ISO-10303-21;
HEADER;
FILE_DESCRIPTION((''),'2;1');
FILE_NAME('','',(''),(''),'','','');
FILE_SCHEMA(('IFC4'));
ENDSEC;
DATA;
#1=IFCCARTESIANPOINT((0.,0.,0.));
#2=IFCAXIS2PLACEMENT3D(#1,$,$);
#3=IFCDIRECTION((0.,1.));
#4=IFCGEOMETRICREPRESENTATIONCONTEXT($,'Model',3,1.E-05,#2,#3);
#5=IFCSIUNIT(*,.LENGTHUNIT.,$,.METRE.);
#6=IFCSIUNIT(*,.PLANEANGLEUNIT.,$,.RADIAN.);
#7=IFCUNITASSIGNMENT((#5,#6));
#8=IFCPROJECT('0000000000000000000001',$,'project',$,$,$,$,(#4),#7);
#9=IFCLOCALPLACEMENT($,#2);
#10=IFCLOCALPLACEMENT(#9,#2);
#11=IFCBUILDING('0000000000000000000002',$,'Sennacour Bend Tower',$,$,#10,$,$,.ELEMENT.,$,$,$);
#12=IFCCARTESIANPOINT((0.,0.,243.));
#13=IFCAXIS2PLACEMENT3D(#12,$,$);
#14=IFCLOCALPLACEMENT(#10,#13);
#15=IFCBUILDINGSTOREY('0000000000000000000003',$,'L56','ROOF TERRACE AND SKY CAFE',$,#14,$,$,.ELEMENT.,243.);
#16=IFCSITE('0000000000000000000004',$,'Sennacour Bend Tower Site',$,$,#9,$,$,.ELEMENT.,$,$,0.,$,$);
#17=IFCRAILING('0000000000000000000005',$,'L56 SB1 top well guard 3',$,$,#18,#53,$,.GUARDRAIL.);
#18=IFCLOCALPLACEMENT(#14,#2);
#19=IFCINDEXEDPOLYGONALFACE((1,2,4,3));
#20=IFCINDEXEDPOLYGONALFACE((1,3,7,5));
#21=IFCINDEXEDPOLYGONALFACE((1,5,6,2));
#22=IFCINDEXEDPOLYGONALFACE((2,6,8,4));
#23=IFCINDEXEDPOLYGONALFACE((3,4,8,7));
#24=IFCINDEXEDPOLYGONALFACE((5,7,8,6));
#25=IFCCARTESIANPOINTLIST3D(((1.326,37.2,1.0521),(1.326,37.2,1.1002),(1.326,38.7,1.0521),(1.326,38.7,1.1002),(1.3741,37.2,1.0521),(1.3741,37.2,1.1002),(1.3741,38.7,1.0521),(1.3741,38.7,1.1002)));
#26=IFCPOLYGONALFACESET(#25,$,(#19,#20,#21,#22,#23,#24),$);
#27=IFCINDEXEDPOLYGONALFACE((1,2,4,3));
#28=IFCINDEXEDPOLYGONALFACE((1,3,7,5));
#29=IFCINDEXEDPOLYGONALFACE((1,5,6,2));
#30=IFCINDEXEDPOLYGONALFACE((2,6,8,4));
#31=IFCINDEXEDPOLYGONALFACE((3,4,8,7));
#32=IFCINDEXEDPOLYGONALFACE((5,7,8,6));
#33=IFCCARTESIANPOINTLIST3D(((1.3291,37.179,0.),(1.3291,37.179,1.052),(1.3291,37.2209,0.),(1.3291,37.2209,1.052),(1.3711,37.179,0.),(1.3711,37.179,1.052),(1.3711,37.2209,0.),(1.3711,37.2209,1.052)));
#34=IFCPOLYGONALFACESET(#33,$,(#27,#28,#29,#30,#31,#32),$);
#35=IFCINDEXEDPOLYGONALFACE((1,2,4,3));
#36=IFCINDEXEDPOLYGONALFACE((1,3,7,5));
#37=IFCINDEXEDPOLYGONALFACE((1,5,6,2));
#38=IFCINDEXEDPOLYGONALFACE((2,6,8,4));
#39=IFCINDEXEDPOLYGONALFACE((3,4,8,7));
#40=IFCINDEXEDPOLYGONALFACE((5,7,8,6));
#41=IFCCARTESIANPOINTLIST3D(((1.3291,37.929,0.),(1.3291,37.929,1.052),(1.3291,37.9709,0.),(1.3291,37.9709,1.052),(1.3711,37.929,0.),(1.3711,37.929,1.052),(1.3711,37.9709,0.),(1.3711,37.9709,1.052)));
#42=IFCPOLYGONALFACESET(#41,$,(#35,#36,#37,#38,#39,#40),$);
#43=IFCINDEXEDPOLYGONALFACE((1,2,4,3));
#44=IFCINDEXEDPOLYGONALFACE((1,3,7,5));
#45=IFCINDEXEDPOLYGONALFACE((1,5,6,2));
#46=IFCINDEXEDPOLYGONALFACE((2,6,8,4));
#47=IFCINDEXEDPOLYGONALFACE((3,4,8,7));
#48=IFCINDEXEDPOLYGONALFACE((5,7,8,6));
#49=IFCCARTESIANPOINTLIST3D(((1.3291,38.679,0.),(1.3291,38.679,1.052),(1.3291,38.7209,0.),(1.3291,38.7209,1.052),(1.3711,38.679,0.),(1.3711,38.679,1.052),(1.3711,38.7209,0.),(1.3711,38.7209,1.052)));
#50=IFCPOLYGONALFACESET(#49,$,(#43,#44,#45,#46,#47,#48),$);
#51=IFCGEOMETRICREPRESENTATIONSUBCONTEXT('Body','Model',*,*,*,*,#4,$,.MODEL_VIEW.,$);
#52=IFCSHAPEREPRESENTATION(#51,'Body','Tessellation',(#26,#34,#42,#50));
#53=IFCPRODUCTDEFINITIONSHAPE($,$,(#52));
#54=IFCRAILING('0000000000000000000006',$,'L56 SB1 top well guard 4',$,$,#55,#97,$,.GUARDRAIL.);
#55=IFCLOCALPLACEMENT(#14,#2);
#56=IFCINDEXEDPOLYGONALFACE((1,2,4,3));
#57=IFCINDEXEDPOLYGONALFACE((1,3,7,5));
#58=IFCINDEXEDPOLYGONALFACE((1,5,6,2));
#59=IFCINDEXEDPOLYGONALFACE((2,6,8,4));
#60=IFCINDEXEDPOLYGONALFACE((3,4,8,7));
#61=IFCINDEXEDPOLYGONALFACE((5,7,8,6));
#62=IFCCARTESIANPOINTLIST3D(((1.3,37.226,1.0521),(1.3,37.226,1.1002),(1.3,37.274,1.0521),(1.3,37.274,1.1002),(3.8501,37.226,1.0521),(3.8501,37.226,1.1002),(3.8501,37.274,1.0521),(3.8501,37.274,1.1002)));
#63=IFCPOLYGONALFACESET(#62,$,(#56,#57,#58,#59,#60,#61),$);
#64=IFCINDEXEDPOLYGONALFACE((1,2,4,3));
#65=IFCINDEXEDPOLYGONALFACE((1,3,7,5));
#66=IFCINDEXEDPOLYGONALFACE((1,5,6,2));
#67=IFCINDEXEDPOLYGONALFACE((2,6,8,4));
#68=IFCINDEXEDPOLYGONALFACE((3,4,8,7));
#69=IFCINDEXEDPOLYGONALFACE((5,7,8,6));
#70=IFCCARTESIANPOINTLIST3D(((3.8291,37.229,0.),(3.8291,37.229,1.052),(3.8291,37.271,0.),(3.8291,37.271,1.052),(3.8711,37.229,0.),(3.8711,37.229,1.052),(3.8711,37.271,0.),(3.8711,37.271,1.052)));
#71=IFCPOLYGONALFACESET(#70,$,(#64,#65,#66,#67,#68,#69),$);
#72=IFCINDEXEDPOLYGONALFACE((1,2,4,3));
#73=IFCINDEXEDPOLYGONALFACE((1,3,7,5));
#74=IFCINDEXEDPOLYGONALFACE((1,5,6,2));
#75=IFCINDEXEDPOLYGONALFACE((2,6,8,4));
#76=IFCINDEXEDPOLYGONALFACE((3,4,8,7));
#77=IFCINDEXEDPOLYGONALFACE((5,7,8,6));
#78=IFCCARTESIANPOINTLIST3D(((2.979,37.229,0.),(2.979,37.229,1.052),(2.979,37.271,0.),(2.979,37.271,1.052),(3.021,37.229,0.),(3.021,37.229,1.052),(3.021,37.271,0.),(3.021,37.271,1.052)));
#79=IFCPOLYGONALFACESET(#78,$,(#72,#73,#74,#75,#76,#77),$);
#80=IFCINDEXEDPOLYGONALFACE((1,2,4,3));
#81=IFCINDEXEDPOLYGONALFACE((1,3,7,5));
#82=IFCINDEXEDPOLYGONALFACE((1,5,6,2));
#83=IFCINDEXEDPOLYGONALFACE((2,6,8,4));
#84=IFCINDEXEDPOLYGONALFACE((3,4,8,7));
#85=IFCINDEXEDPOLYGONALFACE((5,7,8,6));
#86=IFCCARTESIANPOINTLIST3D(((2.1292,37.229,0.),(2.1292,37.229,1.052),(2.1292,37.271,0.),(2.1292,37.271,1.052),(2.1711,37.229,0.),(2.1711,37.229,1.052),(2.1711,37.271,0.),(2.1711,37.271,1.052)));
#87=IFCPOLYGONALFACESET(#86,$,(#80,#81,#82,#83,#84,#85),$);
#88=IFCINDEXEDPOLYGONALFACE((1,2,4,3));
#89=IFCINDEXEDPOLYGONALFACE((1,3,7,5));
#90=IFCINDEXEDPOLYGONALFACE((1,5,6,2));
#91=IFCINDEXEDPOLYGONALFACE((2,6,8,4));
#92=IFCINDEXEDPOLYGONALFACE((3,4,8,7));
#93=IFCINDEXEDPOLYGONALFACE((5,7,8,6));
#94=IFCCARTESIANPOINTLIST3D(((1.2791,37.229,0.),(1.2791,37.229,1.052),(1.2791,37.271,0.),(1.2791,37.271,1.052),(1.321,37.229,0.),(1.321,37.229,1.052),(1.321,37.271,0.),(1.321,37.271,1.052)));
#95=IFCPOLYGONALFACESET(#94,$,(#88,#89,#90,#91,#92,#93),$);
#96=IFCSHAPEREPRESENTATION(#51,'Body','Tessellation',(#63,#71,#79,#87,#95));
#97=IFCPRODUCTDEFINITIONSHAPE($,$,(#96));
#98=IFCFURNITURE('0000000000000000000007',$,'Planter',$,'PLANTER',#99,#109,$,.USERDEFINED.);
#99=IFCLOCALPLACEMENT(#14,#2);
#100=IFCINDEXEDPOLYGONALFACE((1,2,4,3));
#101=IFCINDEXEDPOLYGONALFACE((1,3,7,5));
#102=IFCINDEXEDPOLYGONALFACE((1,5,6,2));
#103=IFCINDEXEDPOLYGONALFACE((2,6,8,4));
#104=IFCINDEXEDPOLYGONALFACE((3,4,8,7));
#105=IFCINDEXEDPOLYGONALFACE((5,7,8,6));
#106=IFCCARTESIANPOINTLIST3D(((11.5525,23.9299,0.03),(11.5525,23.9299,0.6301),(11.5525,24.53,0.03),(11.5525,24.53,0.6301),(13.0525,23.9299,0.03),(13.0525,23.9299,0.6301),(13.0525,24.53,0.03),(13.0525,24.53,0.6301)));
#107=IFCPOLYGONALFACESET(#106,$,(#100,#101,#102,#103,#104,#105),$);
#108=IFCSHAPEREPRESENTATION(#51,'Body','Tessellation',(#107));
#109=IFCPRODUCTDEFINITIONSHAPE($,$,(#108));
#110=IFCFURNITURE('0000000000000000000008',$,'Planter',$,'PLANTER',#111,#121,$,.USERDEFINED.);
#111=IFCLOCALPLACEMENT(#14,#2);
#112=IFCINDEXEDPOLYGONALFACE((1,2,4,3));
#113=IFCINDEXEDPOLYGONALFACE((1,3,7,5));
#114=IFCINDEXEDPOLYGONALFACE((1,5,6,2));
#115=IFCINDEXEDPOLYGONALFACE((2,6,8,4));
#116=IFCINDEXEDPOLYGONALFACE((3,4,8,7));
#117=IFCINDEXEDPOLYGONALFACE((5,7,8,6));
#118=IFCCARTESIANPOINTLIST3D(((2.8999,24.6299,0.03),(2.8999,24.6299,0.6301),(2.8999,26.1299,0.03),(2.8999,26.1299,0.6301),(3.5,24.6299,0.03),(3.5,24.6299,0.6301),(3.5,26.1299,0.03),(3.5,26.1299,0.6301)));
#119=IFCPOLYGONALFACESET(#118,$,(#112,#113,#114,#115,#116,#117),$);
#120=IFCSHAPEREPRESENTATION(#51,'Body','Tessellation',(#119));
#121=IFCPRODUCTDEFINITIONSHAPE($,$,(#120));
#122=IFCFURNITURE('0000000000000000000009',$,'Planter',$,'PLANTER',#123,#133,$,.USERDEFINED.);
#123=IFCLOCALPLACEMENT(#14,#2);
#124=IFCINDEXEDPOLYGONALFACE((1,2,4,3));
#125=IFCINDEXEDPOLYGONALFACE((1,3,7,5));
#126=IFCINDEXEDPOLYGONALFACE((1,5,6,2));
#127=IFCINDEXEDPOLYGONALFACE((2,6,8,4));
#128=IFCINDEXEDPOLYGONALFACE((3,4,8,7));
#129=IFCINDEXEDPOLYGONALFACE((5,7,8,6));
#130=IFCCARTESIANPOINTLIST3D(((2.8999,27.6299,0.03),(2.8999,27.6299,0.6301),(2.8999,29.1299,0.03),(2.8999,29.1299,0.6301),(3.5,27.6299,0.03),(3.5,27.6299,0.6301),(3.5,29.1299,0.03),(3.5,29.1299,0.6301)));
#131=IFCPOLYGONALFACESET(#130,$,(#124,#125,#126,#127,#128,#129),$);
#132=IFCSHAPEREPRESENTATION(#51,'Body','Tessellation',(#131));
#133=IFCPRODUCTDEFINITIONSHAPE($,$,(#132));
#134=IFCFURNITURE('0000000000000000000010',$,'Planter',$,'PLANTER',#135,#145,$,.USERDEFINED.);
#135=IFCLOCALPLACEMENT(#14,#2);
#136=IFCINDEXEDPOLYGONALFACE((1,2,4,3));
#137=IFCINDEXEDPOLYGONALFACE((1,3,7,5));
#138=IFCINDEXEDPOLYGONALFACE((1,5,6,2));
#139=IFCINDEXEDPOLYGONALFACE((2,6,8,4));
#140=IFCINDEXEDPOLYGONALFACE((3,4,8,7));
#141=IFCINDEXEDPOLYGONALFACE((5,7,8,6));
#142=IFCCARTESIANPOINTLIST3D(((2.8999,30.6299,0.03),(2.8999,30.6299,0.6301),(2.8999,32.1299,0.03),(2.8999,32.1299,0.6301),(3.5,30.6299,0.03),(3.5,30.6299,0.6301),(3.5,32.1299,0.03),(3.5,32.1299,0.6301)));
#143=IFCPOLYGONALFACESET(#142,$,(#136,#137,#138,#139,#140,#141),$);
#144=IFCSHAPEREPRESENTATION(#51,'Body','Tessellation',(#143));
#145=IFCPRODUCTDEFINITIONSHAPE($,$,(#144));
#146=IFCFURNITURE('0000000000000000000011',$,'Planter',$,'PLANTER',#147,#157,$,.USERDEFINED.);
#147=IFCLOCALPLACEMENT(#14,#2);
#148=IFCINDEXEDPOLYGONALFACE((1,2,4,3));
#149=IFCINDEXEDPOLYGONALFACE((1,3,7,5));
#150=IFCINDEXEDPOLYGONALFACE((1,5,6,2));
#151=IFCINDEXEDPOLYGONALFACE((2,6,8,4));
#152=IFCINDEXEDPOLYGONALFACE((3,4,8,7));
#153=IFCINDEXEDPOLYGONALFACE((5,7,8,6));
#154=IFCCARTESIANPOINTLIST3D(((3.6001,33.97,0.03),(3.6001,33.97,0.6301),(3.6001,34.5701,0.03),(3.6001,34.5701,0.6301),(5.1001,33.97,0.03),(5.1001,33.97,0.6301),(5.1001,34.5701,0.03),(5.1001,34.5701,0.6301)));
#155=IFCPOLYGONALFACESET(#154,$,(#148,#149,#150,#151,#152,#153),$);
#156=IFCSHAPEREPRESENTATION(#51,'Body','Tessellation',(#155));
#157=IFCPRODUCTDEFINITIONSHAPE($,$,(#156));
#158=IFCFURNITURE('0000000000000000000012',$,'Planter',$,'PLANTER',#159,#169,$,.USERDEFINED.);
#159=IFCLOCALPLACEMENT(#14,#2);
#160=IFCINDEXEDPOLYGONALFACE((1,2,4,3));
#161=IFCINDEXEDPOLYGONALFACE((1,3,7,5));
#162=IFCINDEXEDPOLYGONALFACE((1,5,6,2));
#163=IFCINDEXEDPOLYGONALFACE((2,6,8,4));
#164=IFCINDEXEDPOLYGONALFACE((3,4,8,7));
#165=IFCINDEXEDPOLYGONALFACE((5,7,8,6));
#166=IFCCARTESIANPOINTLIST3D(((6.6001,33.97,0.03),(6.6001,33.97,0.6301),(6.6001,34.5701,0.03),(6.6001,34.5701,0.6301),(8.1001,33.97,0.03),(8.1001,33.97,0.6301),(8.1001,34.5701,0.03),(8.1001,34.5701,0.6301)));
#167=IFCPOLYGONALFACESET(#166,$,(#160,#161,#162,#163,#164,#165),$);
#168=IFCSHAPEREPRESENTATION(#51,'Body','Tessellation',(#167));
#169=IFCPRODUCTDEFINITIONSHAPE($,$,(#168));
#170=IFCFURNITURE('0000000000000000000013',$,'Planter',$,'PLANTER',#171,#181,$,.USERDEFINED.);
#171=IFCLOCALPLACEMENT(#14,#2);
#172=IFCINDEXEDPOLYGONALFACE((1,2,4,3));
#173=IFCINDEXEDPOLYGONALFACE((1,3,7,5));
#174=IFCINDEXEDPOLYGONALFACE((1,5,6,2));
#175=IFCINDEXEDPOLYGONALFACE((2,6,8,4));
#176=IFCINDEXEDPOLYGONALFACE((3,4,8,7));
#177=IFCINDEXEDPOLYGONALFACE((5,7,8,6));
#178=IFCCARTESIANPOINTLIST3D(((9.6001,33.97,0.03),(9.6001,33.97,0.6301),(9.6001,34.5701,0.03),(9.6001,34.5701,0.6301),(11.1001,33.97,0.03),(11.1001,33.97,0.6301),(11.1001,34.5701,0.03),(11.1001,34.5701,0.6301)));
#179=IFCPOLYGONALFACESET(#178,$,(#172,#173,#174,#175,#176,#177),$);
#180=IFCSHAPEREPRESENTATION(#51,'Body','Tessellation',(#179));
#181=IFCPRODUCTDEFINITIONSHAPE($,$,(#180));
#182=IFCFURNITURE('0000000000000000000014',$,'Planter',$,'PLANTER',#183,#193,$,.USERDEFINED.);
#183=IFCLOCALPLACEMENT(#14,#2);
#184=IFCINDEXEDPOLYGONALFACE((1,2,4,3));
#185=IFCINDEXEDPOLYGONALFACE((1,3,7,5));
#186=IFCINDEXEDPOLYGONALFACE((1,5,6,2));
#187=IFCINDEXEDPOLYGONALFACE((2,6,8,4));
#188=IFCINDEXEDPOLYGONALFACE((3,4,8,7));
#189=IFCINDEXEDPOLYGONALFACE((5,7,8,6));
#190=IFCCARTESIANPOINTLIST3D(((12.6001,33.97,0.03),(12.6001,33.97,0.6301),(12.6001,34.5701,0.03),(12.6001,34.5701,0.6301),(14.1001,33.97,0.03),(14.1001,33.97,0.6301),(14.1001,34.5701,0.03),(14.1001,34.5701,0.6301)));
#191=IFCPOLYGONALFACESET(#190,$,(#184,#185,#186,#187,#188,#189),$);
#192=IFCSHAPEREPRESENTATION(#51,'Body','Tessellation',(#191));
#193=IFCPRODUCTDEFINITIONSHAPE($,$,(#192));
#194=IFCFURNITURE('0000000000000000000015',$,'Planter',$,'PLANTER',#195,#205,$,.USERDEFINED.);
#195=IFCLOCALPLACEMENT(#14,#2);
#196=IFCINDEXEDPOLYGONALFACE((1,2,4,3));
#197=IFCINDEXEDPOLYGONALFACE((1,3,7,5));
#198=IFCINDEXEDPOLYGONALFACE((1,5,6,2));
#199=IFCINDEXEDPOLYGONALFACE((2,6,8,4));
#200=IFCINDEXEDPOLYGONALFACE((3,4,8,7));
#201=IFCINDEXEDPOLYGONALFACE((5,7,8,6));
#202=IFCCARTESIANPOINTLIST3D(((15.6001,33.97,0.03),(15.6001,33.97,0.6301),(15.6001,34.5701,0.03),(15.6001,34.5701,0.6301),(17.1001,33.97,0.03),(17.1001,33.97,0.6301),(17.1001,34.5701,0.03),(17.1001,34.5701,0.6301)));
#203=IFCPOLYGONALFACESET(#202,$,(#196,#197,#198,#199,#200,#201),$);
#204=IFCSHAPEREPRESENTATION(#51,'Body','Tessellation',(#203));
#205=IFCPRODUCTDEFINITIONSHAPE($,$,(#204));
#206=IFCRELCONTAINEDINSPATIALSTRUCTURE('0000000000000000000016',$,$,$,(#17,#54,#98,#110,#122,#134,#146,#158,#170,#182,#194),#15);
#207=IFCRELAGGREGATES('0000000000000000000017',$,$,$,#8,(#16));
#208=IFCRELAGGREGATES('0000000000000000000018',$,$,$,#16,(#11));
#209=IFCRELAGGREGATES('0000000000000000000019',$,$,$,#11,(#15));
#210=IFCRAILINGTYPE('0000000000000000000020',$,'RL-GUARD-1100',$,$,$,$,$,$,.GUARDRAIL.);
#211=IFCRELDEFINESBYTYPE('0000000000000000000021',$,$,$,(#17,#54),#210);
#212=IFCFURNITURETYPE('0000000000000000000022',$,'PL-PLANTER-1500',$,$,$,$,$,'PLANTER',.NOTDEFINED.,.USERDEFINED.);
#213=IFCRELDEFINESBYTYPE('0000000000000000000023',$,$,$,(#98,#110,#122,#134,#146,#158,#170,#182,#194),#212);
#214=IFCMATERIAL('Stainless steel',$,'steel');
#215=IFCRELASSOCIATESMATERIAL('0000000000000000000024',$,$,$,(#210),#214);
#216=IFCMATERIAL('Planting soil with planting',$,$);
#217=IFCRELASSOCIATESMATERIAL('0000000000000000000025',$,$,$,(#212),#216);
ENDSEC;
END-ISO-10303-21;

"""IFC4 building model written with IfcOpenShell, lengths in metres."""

from ifc_helpers import new_model, si_unit, direction, frame, origin, origin_2d, place, context, subcontext, project, spatial, rectangle, extrude, material, type_object, element, save


model = new_model("IFC4")

# Units and contexts
model_context = context("Model", 3, precision=1e-05, world=origin(), true_north=direction((0.0, 1.0)))
body_context = subcontext(model_context, "Body", "Model", "MODEL_VIEW")
ifc_project = project(units=[si_unit("LENGTHUNIT", "METRE"), si_unit("PLANEANGLEUNIT", "RADIAN")], contexts=[model_context])

# Site, building, storey
site_placement = place(None, origin())
site = spatial("IfcSite", under=ifc_project, at=site_placement, Name="Sennacour Bend Tower Site", CompositionType="ELEMENT", RefElevation=0.0)
building_placement = place(site_placement, origin())
building = spatial("IfcBuilding", under=site, at=building_placement, Name="Sennacour Bend Tower", CompositionType="ELEMENT")
storey_placement = place(building_placement, frame((0.0, 0.0, 243.0)))
storey = spatial("IfcBuildingStorey", under=building, at=storey_placement, Name="L56", Description="ROOF TERRACE AND SKY CAFE", CompositionType="ELEMENT", Elevation=243.0)

# Railings
ifc_material_1 = material(Name="Stainless steel", Category="steel")
railing_type_1 = type_object("IfcRailingType", Name="RL-GUARD-1100", PredefinedType="GUARDRAIL", material=ifc_material_1)
railing_1_placement = place(storey_placement, frame((1.3501, 37.2, 0.0)))
element("IfcRailing", 1, at=railing_1_placement, inside=storey, type_object=railing_type_1, Name="L56 SB1 top well guard 3", PredefinedType="GUARDRAIL", context=body_context, shape_type="SweptSolid", body=[
    extrude(rectangle(XDim=0.0481, YDim=0.0481, at=origin_2d()), frame((0.0, 0.0, 1.0762), z_axis=(0.0, 1.0, 0.0), x_axis=(-1.0, 0.0, 0.0)), (0.0, 0.0, 1.0), 1.5),
    extrude(rectangle(XDim=0.042, YDim=0.042, at=origin_2d()), origin(), (0.0, 0.0, 1.0), 1.052),
    extrude(rectangle(XDim=0.042, YDim=0.042, at=origin_2d()), frame((0.0, 0.75, 0.0)), (0.0, 0.0, 1.0), 1.052),
    extrude(rectangle(XDim=0.042, YDim=0.042, at=origin_2d()), frame((0.0, 1.5, 0.0)), (0.0, 0.0, 1.0), 1.052),
])
railing_2_placement = place(storey_placement, frame((3.8501, 37.25, 0.0)))
element("IfcRailing", 2, at=railing_2_placement, inside=storey, type_object=railing_type_1, Name="L56 SB1 top well guard 4", PredefinedType="GUARDRAIL", context=body_context, shape_type="SweptSolid", body=[
    extrude(rectangle(XDim=0.0481, YDim=0.0481, at=origin_2d()), frame((0.0, 0.0, 1.0762), z_axis=(-1.0, 0.0, 0.0), x_axis=(0.0, -1.0, 0.0)), (0.0, 0.0, 1.0), 2.55),
    extrude(rectangle(XDim=0.042, YDim=0.042, at=origin_2d()), origin(), (0.0, 0.0, 1.0), 1.052),
    extrude(rectangle(XDim=0.042, YDim=0.042, at=origin_2d()), frame((-0.8501, 0.0, 0.0)), (0.0, 0.0, 1.0), 1.052),
    extrude(rectangle(XDim=0.042, YDim=0.042, at=origin_2d()), frame((-1.7, 0.0, 0.0)), (0.0, 0.0, 1.0), 1.052),
    extrude(rectangle(XDim=0.042, YDim=0.042, at=origin_2d()), frame((-2.55, 0.0, 0.0)), (0.0, 0.0, 1.0), 1.052),
])

# Furniture
ifc_material_2 = material(Name="Planting soil with planting")
furniture_type = type_object("IfcFurnitureType", Name="PL-PLANTER-1500", ElementType="PLANTER", AssemblyPlace="NOTDEFINED", PredefinedType="USERDEFINED", material=ifc_material_2)
for number, where, z_axis, x_axis, name in (
    (3, (12.3025, 24.23, 0.03), (0.0, 0.0, 1.0), (-1.0, 0.0, 0.0), "Planter"),
    (4, (3.2, 25.3799, 0.03), (0.0, 0.0, 1.0), (0.0, 1.0, 0.0), "Planter"),
    (5, (3.2, 28.3799, 0.03), (0.0, 0.0, 1.0), (0.0, 1.0, 0.0), "Planter"),
    (6, (3.2, 31.3799, 0.03), (0.0, 0.0, 1.0), (0.0, 1.0, 0.0), "Planter"),
    (7, (4.3501, 34.27, 0.03), (0.0, 0.0, 1.0), (1.0, 0.0, 0.0), "Planter"),
    (8, (7.3501, 34.27, 0.03), (0.0, 0.0, 1.0), (1.0, 0.0, 0.0), "Planter"),
    (9, (10.3501, 34.27, 0.03), (0.0, 0.0, 1.0), (1.0, 0.0, 0.0), "Planter"),
    (10, (13.3501, 34.27, 0.03), (0.0, 0.0, 1.0), (1.0, 0.0, 0.0), "Planter"),
    (11, (16.3501, 34.27, 0.03), (0.0, 0.0, 1.0), (1.0, 0.0, 0.0), "Planter"),
):
    element("IfcFurniture", number, at=place(storey_placement, frame(where, z_axis=z_axis, x_axis=x_axis)), inside=storey, type_object=furniture_type, Name=name, ObjectType="PLANTER", PredefinedType="USERDEFINED", context=body_context, shape_type="SweptSolid", body=[
        extrude(rectangle(XDim=1.5, YDim=0.6001, at=origin_2d()), origin(), (0.0, 0.0, 1.0), 0.6001),
    ])

save(model, "model.ifc")
